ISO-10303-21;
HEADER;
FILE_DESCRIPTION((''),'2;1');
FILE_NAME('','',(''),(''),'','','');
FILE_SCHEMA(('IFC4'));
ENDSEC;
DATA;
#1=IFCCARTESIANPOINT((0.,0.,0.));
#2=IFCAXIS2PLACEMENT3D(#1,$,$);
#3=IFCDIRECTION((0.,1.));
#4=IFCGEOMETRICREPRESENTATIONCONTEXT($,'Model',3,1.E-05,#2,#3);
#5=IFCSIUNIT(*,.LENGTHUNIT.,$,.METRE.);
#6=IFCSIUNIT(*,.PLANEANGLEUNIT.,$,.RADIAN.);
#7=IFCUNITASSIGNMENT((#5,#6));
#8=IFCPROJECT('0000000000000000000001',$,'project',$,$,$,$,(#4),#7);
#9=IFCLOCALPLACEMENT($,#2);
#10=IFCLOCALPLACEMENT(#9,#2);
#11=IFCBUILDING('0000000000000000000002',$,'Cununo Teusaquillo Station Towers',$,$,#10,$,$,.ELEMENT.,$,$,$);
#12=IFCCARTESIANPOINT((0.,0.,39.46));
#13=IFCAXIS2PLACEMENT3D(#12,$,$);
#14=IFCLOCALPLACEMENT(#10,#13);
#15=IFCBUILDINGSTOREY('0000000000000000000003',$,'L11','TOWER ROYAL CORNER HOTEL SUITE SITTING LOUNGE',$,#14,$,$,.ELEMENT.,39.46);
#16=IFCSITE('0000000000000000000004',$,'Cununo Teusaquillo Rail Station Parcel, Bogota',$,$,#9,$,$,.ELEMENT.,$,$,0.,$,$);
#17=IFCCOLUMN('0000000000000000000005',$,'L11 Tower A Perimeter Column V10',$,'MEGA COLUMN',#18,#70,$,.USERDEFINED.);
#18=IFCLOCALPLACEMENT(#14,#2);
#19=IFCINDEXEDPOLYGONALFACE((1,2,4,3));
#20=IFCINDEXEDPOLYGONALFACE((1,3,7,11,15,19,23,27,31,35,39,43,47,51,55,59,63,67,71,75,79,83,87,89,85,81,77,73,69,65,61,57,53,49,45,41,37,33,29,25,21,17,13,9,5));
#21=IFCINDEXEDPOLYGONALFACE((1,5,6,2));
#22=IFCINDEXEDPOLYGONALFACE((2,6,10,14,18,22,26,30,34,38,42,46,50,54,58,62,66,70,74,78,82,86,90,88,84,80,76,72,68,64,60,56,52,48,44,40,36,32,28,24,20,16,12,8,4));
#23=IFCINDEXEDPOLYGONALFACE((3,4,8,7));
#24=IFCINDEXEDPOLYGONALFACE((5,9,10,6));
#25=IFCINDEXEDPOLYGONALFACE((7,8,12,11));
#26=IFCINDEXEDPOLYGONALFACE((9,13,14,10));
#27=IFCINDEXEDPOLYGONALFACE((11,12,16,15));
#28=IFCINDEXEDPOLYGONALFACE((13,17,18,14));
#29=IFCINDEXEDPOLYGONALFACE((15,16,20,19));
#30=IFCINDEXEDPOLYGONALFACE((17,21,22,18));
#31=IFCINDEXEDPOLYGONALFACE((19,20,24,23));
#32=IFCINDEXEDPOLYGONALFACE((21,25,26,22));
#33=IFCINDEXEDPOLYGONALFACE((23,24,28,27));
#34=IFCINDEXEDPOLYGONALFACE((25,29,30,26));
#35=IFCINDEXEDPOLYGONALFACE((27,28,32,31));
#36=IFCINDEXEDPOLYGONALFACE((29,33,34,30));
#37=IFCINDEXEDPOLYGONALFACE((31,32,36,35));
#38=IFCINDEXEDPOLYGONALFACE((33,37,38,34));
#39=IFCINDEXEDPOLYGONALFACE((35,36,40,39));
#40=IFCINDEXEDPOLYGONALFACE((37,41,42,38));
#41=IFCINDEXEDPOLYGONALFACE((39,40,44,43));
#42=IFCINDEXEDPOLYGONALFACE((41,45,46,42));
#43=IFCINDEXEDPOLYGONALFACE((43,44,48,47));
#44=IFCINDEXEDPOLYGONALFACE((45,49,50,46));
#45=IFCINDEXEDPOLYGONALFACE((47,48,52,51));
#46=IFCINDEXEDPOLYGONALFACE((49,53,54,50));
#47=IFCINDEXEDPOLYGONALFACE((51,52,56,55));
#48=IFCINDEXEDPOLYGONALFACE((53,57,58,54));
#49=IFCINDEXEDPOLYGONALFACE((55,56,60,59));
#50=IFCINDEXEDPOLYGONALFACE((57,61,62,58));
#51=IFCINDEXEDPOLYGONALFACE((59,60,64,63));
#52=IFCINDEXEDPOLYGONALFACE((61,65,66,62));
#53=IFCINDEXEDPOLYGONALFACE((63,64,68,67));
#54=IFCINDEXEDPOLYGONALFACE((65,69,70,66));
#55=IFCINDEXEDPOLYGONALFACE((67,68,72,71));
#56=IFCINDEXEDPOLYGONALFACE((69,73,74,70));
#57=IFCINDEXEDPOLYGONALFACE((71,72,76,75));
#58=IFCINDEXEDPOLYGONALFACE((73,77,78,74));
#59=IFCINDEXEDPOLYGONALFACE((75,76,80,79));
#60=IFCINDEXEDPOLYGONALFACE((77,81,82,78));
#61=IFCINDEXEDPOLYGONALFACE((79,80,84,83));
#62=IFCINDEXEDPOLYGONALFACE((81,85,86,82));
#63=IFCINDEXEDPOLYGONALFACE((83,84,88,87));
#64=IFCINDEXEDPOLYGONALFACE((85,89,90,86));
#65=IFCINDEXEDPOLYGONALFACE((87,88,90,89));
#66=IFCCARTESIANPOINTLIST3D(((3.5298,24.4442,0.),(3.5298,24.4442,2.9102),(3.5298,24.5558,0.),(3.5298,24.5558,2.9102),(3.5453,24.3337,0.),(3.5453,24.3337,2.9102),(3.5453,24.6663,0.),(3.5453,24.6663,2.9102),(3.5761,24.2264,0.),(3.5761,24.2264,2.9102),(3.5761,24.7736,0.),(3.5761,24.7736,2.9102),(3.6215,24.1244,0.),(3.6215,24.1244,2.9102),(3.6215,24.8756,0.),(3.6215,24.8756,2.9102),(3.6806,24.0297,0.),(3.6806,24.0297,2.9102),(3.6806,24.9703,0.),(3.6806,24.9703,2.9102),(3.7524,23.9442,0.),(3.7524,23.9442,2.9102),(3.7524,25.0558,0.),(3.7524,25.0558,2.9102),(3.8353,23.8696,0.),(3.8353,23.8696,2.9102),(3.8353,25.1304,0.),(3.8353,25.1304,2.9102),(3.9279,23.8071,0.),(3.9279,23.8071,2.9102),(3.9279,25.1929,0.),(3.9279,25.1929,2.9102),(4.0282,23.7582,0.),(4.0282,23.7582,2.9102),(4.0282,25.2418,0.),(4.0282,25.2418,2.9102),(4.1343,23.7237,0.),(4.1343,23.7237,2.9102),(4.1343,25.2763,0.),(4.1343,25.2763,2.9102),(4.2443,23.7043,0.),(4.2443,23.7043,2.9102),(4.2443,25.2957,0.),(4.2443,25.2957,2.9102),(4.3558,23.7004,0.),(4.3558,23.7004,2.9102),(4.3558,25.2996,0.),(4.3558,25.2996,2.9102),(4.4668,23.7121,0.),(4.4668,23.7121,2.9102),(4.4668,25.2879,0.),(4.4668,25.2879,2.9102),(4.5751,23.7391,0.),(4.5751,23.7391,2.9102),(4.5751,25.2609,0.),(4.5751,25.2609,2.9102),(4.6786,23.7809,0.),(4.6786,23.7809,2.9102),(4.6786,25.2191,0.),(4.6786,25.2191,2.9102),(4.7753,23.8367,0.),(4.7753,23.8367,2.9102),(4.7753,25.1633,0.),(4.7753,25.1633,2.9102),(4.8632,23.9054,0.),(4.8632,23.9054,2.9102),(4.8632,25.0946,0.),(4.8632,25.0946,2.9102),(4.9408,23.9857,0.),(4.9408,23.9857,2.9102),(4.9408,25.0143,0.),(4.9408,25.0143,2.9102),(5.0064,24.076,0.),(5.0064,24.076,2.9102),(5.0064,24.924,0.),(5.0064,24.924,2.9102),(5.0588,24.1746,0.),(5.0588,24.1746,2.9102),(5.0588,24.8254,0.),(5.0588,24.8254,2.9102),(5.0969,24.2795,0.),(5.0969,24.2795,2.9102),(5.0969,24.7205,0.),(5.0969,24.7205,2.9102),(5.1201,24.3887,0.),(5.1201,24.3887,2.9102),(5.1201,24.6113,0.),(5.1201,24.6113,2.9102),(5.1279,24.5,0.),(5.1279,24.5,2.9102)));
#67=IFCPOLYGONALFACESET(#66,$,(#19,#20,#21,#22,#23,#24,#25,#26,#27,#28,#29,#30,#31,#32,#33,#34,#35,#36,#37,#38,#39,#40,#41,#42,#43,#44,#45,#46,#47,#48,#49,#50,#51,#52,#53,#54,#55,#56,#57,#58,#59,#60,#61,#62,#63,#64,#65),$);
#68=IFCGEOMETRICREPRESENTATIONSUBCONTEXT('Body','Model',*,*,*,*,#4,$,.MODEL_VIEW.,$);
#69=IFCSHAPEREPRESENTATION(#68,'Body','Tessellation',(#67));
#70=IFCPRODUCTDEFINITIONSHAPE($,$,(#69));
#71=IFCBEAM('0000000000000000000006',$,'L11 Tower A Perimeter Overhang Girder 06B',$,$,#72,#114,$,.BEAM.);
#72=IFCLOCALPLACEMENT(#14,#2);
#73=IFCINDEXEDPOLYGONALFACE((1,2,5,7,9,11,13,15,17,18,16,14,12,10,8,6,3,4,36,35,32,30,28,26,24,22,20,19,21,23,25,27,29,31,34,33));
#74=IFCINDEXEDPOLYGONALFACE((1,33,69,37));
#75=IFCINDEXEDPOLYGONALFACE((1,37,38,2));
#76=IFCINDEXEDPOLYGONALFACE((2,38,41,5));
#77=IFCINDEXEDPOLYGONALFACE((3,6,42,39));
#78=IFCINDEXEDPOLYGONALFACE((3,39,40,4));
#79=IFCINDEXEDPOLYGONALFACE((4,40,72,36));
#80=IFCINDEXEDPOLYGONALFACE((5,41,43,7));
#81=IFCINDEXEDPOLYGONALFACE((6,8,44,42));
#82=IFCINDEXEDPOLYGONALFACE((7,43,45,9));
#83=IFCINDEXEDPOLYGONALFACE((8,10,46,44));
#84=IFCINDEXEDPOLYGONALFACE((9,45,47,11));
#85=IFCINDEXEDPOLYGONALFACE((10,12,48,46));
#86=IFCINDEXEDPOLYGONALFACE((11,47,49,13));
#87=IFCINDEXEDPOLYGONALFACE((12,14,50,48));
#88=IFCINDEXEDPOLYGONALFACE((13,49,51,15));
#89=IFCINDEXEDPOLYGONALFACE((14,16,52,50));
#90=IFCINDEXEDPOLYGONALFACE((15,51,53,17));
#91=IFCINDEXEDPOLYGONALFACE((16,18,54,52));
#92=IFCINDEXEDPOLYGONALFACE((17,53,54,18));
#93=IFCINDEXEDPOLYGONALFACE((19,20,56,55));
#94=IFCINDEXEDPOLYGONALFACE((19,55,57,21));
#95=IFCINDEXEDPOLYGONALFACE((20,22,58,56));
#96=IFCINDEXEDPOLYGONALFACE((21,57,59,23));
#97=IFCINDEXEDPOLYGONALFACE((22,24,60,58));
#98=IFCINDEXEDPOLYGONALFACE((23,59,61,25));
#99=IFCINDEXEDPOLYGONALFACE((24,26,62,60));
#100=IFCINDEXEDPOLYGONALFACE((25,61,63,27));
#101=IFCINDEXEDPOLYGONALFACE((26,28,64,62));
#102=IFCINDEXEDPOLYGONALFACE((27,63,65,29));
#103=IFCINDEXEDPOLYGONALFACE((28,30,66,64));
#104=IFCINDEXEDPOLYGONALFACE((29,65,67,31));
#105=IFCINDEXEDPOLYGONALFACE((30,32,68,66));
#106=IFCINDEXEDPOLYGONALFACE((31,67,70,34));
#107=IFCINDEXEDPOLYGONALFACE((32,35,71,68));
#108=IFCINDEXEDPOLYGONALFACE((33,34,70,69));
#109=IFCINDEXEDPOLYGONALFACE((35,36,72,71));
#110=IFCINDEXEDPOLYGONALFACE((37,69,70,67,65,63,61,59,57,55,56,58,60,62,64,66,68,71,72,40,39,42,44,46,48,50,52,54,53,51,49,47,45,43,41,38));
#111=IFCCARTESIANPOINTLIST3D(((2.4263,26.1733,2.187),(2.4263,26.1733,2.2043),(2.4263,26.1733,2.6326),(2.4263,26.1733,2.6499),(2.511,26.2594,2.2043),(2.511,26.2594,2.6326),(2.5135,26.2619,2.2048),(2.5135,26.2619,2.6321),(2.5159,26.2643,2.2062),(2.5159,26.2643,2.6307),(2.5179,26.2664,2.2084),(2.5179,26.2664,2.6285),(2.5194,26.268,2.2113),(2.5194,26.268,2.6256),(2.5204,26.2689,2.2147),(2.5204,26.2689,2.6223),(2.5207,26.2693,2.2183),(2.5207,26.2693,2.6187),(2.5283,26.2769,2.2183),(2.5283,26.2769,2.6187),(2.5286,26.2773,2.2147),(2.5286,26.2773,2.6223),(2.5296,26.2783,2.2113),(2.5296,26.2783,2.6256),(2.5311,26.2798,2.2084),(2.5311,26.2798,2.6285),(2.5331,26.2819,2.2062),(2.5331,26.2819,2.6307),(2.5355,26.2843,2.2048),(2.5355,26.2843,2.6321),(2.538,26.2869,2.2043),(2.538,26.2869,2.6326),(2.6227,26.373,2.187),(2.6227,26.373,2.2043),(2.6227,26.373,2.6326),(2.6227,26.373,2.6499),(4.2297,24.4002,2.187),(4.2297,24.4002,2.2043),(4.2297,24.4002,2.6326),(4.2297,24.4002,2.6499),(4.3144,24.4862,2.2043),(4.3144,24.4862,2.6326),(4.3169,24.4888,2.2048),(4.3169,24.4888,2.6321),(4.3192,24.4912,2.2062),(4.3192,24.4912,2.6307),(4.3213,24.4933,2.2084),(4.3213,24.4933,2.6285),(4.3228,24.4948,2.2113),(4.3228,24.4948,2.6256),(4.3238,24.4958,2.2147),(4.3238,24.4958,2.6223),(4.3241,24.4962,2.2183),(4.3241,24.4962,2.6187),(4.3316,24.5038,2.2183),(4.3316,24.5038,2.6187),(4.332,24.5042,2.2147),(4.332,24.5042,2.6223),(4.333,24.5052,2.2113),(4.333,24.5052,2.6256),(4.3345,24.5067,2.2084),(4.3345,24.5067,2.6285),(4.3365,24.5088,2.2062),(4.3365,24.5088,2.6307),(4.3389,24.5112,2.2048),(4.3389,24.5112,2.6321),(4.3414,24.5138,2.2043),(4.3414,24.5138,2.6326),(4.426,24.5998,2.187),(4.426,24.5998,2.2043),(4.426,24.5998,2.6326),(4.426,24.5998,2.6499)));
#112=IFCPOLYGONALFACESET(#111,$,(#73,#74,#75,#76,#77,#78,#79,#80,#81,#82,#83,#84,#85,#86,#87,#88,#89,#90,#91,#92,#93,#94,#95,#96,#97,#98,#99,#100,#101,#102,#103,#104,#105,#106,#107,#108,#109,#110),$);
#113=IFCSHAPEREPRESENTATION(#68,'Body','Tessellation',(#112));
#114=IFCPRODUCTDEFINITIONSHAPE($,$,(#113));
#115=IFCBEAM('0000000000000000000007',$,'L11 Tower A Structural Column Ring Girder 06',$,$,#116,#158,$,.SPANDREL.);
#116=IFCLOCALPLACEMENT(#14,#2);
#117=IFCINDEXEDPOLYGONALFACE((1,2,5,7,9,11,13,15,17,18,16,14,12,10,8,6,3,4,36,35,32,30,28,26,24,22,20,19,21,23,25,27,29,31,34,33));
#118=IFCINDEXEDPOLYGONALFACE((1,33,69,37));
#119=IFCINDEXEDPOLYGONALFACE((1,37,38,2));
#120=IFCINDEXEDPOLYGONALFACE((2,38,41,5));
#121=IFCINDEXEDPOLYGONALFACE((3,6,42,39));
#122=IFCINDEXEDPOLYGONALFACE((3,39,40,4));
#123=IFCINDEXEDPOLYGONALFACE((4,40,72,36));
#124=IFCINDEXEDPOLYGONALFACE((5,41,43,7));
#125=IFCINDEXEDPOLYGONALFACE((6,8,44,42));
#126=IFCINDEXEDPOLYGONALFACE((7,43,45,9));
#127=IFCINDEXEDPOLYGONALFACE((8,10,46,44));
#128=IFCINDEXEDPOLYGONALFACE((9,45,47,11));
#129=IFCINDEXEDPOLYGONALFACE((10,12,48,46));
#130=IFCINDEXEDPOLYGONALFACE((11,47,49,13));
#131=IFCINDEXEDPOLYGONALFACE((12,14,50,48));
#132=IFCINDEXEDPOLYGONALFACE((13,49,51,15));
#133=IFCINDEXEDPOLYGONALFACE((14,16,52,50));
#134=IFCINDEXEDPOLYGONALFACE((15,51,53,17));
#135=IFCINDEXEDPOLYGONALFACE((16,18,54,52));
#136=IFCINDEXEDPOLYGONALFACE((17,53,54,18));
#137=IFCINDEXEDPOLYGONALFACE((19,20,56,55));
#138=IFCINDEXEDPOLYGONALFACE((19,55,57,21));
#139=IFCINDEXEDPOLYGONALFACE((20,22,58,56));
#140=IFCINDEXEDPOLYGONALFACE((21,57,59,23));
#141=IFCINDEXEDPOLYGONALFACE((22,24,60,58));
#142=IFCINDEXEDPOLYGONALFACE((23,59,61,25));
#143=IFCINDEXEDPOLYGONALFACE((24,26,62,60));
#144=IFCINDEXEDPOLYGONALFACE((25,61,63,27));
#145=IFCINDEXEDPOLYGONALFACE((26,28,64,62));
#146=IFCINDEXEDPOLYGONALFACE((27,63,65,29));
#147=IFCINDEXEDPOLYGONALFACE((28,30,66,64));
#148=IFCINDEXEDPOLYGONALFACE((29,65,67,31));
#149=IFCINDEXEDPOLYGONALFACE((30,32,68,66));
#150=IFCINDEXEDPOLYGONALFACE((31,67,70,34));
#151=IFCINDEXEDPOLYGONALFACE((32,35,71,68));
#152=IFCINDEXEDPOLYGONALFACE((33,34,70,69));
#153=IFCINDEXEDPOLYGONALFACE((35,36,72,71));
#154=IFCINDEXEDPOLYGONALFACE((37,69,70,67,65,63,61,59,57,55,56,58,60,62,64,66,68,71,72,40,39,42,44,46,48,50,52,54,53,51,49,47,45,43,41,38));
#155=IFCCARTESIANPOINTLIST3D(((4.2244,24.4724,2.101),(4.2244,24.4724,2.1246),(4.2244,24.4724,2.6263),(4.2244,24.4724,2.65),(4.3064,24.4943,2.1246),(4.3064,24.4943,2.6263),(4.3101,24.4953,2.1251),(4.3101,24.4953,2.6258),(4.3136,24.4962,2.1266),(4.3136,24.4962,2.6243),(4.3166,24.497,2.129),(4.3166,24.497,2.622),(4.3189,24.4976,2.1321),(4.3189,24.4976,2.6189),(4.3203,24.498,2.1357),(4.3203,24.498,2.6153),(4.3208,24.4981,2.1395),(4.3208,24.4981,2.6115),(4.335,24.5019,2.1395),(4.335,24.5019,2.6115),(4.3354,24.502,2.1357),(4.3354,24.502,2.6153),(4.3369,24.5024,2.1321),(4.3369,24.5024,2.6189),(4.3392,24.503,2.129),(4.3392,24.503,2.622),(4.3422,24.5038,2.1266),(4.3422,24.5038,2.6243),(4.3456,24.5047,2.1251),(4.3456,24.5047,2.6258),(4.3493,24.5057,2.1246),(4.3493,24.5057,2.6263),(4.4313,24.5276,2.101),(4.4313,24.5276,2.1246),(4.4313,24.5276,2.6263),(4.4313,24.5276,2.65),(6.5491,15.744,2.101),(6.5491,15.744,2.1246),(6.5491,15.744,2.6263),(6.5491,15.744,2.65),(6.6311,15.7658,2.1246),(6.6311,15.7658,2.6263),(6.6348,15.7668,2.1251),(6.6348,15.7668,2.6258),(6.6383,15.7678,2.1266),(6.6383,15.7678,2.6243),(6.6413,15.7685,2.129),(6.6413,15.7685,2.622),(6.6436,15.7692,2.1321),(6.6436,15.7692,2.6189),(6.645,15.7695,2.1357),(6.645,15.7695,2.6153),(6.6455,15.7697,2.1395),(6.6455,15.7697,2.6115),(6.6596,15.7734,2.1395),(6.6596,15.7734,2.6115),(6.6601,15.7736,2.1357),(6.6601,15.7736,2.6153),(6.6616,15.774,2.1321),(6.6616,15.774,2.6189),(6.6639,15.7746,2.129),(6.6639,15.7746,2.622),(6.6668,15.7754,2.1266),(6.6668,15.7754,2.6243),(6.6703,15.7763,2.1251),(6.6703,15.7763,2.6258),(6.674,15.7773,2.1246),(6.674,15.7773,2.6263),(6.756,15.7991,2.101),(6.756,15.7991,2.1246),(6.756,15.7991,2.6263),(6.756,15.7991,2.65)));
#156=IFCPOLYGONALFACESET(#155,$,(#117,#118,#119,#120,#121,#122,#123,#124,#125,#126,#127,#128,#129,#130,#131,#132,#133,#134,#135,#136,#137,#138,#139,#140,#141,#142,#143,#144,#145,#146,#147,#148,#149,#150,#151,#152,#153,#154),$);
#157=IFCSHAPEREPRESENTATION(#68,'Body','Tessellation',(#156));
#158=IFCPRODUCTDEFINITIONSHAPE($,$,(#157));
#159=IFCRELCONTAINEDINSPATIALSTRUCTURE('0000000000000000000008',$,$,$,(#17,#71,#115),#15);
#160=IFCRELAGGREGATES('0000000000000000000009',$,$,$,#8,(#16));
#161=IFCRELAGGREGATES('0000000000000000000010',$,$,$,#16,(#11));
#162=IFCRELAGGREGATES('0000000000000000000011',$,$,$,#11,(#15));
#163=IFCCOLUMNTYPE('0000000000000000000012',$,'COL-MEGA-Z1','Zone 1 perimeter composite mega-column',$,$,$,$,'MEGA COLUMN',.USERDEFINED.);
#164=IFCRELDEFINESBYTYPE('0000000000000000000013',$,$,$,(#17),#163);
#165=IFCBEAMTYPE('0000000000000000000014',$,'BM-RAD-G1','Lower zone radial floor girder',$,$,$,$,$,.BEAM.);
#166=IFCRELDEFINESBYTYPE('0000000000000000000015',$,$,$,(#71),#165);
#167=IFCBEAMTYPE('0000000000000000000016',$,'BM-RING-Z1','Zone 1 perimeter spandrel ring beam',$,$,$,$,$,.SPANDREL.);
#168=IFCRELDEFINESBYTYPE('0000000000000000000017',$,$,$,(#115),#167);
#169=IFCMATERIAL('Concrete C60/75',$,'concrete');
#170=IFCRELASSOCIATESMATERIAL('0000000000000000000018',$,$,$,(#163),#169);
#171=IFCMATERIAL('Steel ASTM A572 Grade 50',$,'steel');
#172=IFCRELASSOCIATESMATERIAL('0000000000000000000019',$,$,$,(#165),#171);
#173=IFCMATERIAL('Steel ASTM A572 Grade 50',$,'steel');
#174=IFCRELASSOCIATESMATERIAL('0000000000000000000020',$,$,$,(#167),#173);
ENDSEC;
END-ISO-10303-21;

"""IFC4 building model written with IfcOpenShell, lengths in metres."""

from ifc_helpers import new_model, si_unit, direction, frame, origin, origin_2d, place, context, subcontext, project, spatial, circle, i_section, extrude, material, material_profile, profile_set, type_object, element, save


model = new_model("IFC4")

# Units and contexts
model_context = context("Model", 3, precision=1e-05, world=origin(), true_north=direction((0.0, 1.0)))
body_context = subcontext(model_context, "Body", "Model", "MODEL_VIEW")
ifc_project = project(units=[si_unit("LENGTHUNIT", "METRE"), si_unit("PLANEANGLEUNIT", "RADIAN")], contexts=[model_context])

# Site, building, storey
site_placement = place(None, origin())
site = spatial("IfcSite", under=ifc_project, at=site_placement, Name="Cununo Teusaquillo Rail Station Parcel, Bogota", CompositionType="ELEMENT", RefElevation=0.0)
building_placement = place(site_placement, origin())
building = spatial("IfcBuilding", under=site, at=building_placement, Name="Cununo Teusaquillo Station Towers", CompositionType="ELEMENT")
storey_placement = place(building_placement, frame((0.0, 0.0, 39.46)))
storey = spatial("IfcBuildingStorey", under=building, at=storey_placement, Name="L11", Description="TOWER ROYAL CORNER HOTEL SUITE SITTING LOUNGE", CompositionType="ELEMENT", Elevation=39.46)

# Column
ifc_material_1 = material(Name="Concrete C60/75", Category="concrete")
ifc_material_profile_1 = material_profile(ifc_material_1, circle(Radius=0.8, at=origin_2d()), Name="RC-CIRC-1600")
ifc_profile_set_1 = profile_set([ifc_material_profile_1], Name="Concrete C60/75")
column_type = type_object("IfcColumnType", Name="COL-MEGA-Z1", Description="Zone 1 perimeter composite mega-column", ElementType="MEGA COLUMN", PredefinedType="USERDEFINED", material=ifc_profile_set_1)
column_placement = place(storey_placement, frame((4.3279, 24.5, 0.0), z_axis=(0.0, 0.0, 1.0), x_axis=(1.0, 0.0, 0.0)))
element("IfcColumn", 1, at=column_placement, inside=storey, type_object=column_type, Name="L11 Tower A Perimeter Column V10", ObjectType="MEGA COLUMN", PredefinedType="USERDEFINED", context=body_context, shape_type="SweptSolid", body=[
    extrude(circle(Radius=0.8, at=origin_2d()), origin(), (0.0, 0.0, 1.0), 2.9102),
])

# Beams
ifc_material_2 = material(Name="Steel ASTM A572 Grade 50", Category="steel")
ifc_material_profile_2 = material_profile(ifc_material_2, i_section(OverallWidth=0.28, OverallDepth=0.4629, WebThickness=0.0107, FlangeThickness=0.0173, FilletRadius=0.0139, at=origin_2d()), Name="W18X76")
ifc_profile_set_2 = profile_set([ifc_material_profile_2], Name="Steel ASTM A572 Grade 50")
beam_type_1 = type_object("IfcBeamType", Name="BM-RAD-G1", Description="Lower zone radial floor girder", PredefinedType="BEAM", material=ifc_profile_set_2)
beam_1_placement = place(storey_placement, frame((4.3279, 24.5, 2.4185), z_axis=(-0.713066, 0.701097, 0.0), x_axis=(-0.701097, -0.713066, 0.0)))
element("IfcBeam", 2, at=beam_1_placement, inside=storey, type_object=beam_type_1, Name="L11 Tower A Perimeter Overhang Girder 06B", PredefinedType="BEAM", context=body_context, shape_type="SweptSolid", body=[
    extrude(i_section(OverallWidth=0.28, OverallDepth=0.4629, WebThickness=0.0107, FlangeThickness=0.0173, FilletRadius=0.0139, at=origin_2d()), origin(), (0.0, 0.0, 1.0), 2.5291),
])
ifc_material_3 = material(Name="Steel ASTM A572 Grade 50", Category="steel")
ifc_material_profile_3 = material_profile(ifc_material_3, i_section(OverallWidth=0.2141, OverallDepth=0.5491, WebThickness=0.0146, FlangeThickness=0.0237, FilletRadius=0.0149, at=origin_2d()), Name="W21X93")
ifc_profile_set_3 = profile_set([ifc_material_profile_3], Name="Steel ASTM A572 Grade 50")
beam_type_2 = type_object("IfcBeamType", Name="BM-RING-Z1", Description="Zone 1 perimeter spandrel ring beam", PredefinedType="SPANDREL", material=ifc_profile_set_3)
beam_2_placement = place(storey_placement, frame((4.3279, 24.5, 2.3755), z_axis=(0.257363, -0.966315, 0.0), x_axis=(0.966315, 0.257363, 0.0)))
element("IfcBeam", 3, at=beam_2_placement, inside=storey, type_object=beam_type_2, Name="L11 Tower A Structural Column Ring Girder 06", PredefinedType="SPANDREL", context=body_context, shape_type="SweptSolid", body=[
    extrude(i_section(OverallWidth=0.2141, OverallDepth=0.5491, WebThickness=0.0146, FlangeThickness=0.0237, FilletRadius=0.0149, at=origin_2d()), origin(), (0.0, 0.0, 1.0), 9.0327),
])

save(model, "model.ifc")
